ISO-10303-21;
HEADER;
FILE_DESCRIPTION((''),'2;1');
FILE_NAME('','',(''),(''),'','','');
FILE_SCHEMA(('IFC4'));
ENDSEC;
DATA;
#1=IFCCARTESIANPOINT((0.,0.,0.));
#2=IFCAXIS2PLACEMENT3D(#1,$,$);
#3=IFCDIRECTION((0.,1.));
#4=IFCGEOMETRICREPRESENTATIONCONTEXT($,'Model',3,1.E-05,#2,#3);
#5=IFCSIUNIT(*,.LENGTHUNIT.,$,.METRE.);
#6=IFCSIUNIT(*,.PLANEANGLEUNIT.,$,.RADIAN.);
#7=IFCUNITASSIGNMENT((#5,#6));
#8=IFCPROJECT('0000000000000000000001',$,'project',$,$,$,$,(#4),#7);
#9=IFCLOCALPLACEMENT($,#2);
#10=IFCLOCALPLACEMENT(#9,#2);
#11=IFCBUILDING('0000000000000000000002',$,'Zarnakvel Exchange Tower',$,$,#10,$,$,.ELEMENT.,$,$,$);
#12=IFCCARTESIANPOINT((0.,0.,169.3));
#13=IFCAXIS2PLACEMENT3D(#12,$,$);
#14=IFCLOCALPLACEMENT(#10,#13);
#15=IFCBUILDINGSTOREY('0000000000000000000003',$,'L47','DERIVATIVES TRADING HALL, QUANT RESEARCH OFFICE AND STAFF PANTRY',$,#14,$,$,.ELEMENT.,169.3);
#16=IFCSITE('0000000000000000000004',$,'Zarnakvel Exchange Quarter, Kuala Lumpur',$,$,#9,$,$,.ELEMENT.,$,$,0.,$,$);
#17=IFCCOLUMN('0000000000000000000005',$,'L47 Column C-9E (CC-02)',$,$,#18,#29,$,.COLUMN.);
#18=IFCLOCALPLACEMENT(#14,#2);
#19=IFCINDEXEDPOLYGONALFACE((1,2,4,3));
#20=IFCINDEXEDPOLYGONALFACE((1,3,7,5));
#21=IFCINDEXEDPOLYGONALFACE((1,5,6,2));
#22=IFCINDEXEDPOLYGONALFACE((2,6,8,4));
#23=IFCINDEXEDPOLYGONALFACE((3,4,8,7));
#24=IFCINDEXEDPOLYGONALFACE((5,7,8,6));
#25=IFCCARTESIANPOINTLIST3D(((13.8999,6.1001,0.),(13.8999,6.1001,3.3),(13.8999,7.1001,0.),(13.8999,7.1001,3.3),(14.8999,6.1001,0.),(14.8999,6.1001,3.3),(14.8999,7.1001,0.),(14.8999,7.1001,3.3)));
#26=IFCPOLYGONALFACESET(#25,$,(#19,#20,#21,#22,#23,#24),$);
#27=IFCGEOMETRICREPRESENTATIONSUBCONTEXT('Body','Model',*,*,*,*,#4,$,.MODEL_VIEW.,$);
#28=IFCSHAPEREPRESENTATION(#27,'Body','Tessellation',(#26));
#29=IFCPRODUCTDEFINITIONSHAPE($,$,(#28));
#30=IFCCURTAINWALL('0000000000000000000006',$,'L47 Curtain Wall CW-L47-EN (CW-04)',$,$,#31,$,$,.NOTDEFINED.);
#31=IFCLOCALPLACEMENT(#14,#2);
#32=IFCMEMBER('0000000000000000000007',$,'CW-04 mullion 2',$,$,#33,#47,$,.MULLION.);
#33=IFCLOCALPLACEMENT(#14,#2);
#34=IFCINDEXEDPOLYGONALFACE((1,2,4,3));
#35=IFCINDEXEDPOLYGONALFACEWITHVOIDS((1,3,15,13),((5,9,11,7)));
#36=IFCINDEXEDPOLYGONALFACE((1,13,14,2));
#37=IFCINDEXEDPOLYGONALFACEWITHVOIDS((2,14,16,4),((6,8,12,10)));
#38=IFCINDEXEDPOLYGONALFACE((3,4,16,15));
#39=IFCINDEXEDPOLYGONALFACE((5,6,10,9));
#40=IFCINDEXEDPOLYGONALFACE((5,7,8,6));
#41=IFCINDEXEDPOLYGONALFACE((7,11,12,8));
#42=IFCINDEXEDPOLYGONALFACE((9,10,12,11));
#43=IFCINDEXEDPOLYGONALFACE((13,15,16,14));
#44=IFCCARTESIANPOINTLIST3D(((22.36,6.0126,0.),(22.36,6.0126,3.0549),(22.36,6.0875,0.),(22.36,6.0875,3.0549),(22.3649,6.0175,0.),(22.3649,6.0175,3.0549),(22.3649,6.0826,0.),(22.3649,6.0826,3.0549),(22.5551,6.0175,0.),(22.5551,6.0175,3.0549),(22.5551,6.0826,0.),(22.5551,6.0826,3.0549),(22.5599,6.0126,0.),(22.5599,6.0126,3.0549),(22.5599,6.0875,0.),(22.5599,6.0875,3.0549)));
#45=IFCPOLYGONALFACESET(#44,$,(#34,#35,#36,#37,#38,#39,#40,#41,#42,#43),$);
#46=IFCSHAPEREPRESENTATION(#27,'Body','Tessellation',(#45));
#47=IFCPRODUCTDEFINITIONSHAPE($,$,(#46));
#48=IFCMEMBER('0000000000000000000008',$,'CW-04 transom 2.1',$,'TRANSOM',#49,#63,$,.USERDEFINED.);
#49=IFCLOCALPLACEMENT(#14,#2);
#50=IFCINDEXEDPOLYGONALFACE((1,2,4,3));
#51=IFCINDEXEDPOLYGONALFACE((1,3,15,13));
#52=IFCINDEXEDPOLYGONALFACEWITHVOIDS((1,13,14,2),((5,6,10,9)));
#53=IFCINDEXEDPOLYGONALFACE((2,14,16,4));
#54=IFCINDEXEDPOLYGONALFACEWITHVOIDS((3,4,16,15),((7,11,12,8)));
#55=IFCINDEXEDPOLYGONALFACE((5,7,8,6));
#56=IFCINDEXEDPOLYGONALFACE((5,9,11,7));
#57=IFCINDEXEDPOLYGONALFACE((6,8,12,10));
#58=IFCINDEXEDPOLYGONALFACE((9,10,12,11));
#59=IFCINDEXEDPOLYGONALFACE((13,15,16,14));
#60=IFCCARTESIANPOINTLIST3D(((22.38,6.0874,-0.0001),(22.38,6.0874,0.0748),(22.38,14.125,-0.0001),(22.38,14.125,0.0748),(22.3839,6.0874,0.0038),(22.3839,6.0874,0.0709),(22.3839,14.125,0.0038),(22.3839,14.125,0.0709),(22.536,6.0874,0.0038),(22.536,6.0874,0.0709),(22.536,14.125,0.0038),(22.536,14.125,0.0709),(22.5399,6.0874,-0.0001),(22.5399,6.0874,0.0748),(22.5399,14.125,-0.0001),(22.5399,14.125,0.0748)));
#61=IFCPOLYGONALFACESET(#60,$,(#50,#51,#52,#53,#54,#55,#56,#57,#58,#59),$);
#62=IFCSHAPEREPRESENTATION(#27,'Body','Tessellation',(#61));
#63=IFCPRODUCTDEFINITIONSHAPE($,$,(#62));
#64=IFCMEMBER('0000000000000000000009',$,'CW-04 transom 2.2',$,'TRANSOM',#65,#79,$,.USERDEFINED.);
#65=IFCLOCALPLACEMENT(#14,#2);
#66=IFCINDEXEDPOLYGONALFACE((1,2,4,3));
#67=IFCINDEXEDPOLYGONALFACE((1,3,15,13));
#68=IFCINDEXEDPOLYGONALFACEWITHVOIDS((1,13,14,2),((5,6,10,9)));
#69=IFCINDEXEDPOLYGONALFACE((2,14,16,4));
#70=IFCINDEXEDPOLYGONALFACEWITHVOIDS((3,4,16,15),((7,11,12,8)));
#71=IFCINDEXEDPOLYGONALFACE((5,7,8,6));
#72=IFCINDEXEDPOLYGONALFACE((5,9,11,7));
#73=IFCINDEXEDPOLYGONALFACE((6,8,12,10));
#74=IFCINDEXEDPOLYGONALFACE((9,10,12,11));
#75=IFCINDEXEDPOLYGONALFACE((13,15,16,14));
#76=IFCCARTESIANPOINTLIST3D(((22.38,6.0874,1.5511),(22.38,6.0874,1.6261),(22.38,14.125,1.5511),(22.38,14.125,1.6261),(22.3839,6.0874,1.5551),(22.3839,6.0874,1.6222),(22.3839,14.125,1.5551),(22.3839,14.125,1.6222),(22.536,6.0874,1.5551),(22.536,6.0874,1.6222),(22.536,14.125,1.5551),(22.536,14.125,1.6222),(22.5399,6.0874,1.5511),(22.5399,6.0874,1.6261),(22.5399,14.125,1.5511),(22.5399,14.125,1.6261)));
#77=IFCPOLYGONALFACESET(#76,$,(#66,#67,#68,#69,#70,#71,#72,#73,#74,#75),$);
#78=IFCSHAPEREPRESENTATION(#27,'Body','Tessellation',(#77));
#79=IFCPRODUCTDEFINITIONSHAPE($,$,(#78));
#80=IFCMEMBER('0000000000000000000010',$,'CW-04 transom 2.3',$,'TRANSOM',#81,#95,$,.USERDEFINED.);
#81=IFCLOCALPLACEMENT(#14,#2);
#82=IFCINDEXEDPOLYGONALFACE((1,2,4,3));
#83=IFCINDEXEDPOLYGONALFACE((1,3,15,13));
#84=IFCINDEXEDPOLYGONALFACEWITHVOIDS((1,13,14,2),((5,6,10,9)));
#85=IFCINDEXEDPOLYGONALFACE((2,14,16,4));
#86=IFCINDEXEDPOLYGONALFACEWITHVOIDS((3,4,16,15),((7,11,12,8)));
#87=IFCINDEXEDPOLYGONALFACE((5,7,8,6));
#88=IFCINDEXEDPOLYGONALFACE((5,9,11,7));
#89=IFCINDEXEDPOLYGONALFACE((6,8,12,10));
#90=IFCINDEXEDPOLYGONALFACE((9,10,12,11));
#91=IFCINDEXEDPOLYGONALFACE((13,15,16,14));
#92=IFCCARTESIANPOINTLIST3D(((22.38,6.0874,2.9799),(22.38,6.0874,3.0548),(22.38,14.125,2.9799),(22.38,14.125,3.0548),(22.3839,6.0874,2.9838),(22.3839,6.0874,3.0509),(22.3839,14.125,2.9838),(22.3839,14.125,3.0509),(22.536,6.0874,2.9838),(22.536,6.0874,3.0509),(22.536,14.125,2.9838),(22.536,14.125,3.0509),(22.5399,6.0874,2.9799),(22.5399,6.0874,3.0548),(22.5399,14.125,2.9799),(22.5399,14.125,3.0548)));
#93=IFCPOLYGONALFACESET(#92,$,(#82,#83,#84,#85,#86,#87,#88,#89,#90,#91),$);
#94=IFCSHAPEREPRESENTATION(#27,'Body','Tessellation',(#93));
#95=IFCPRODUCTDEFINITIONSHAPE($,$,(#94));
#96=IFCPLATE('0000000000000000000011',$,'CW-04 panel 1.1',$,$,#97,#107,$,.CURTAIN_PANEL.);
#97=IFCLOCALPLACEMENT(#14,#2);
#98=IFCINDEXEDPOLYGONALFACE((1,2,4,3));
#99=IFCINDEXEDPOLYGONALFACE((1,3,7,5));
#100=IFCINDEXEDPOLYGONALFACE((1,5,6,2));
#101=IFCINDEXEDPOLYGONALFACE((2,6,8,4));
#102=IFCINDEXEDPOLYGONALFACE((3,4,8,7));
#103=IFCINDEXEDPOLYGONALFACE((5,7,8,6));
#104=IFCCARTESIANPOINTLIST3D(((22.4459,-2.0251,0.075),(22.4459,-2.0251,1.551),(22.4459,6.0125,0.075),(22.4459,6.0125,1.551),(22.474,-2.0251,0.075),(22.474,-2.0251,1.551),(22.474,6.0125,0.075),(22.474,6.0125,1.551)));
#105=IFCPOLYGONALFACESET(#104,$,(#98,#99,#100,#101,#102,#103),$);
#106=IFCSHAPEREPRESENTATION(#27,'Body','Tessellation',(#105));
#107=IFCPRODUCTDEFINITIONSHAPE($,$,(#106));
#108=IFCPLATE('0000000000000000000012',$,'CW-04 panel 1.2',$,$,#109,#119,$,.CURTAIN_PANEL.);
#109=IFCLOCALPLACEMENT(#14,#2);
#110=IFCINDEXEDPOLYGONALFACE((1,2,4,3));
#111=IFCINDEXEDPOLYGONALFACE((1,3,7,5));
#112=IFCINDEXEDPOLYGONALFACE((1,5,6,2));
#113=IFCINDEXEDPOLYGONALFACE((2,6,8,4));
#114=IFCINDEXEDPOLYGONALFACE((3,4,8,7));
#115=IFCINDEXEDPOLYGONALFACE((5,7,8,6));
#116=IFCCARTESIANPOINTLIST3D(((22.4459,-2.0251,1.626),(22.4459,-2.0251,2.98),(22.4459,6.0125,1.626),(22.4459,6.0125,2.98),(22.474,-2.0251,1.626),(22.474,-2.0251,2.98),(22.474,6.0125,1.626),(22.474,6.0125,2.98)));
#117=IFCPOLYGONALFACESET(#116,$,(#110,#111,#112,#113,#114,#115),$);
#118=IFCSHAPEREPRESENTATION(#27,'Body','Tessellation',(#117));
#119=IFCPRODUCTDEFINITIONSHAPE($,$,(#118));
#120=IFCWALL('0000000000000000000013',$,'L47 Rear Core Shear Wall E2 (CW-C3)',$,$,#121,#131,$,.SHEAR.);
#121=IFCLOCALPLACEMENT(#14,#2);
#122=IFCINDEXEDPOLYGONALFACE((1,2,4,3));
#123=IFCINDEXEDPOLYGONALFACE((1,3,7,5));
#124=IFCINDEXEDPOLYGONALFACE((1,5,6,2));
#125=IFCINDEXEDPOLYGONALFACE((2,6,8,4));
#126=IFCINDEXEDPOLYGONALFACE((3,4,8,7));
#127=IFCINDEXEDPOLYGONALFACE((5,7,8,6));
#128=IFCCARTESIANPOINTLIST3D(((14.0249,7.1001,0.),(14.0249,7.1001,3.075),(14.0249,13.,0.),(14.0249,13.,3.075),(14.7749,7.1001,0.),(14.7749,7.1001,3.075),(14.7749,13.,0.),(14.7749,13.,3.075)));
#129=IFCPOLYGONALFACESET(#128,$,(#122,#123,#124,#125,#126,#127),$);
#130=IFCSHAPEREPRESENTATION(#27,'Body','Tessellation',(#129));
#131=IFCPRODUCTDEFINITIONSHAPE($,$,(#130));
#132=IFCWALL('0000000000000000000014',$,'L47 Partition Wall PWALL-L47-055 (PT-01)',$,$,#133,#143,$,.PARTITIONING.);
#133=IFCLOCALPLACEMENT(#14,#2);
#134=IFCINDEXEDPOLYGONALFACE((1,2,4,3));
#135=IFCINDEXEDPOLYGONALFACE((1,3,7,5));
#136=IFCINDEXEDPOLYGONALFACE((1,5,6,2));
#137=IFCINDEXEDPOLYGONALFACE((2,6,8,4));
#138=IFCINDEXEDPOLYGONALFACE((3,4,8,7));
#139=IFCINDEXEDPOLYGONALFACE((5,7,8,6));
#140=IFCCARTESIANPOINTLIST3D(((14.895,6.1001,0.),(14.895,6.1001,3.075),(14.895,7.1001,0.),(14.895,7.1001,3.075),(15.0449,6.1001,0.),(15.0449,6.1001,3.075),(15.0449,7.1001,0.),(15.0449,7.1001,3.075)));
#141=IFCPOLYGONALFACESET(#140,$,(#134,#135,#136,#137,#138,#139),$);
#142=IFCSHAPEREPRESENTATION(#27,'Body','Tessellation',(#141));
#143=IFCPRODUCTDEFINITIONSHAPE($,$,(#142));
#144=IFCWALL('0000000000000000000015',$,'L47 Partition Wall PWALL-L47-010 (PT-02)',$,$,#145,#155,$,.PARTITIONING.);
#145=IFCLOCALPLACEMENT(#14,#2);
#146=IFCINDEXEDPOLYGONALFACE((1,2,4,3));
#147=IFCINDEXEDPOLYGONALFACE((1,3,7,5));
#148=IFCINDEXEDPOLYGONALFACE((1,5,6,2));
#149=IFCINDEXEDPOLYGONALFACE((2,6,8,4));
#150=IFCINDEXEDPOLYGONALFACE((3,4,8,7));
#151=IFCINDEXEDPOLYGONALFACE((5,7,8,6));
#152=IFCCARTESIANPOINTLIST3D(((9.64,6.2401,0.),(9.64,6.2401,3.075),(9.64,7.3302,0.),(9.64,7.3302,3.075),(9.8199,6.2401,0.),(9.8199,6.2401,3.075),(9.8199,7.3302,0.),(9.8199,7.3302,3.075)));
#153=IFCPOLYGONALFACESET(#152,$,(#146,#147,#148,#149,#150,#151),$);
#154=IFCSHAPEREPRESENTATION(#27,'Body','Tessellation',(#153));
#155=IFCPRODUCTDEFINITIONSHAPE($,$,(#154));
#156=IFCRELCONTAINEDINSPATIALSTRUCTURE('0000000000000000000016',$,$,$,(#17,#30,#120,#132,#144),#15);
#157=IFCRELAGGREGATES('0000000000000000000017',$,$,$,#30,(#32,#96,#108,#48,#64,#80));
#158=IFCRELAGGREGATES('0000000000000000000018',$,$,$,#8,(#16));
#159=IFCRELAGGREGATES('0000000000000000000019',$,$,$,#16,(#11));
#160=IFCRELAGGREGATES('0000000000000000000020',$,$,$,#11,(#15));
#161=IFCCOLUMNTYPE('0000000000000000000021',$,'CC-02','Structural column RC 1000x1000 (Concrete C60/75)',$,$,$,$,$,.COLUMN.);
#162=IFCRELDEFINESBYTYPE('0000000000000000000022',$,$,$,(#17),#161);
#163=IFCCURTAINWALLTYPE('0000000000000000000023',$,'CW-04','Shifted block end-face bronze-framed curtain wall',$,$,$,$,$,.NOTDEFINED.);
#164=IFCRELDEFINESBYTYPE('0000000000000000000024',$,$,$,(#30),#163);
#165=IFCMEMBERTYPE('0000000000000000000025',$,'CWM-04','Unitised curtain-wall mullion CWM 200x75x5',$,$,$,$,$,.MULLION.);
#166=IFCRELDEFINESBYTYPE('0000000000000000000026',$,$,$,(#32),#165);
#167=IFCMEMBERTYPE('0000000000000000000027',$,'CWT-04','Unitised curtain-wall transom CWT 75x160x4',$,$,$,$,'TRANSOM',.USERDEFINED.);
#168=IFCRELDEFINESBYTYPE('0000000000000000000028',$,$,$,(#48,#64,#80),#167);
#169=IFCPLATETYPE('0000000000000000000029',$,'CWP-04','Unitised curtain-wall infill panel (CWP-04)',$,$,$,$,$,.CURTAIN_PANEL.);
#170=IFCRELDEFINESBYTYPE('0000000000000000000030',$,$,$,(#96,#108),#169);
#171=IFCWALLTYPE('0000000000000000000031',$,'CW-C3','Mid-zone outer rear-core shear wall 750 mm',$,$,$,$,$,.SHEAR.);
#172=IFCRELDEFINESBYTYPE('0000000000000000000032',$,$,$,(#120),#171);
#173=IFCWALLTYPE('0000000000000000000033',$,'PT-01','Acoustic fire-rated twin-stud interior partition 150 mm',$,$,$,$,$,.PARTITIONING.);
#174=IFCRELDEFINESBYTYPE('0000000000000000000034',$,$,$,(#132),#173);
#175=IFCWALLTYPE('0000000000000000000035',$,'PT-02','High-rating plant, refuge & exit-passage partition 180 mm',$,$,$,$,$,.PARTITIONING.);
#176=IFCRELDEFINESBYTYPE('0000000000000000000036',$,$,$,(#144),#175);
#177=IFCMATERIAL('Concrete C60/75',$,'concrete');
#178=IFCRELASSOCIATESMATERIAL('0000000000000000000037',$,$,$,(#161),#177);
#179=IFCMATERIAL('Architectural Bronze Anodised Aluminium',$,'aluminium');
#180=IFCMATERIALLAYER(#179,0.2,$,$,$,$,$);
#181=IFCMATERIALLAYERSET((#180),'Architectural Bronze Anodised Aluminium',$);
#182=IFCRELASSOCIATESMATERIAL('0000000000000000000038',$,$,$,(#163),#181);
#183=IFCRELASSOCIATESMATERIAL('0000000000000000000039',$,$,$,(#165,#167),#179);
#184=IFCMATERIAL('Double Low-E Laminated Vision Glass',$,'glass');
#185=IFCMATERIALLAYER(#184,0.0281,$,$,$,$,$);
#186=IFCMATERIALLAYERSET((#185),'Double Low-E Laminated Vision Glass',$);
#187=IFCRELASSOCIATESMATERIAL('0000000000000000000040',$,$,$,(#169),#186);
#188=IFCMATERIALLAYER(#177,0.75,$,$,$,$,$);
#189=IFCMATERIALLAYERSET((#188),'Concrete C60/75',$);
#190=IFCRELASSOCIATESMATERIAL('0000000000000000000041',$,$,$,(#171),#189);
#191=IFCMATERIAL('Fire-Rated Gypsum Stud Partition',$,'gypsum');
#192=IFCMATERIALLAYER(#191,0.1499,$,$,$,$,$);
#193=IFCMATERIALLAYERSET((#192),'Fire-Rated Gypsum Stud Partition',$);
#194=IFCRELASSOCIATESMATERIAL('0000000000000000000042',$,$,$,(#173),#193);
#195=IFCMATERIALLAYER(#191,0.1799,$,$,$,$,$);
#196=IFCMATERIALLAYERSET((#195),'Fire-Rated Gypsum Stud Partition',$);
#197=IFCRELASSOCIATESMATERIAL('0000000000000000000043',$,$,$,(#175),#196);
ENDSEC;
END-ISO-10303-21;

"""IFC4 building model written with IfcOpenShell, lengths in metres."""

from ifc_helpers import new_model, si_unit, direction, frame, frame_2d, origin, origin_2d, place, context, subcontext, project, spatial, rectangle, hollow_rectangle, extrude, source, transform, mapped, material, layer, layer_set, material_profile, profile_set, type_object, element, aggregate, save


model = new_model("IFC4")

# Units and contexts
model_context = context("Model", 3, precision=1e-05, world=origin(), true_north=direction((0.0, 1.0)))
body_context = subcontext(model_context, "Body", "Model", "MODEL_VIEW")
ifc_project = project(units=[si_unit("LENGTHUNIT", "METRE"), si_unit("PLANEANGLEUNIT", "RADIAN")], contexts=[model_context])

# Site, building, storey
site_placement = place(None, origin())
site = spatial("IfcSite", under=ifc_project, at=site_placement, Name="Zarnakvel Exchange Quarter, Kuala Lumpur", CompositionType="ELEMENT", RefElevation=0.0)
building_placement = place(site_placement, origin())
building = spatial("IfcBuilding", under=site, at=building_placement, Name="Zarnakvel Exchange Tower", CompositionType="ELEMENT")
storey_placement = place(building_placement, frame((0.0, 0.0, 169.3)))
storey = spatial("IfcBuildingStorey", under=building, at=storey_placement, Name="L47", Description="DERIVATIVES TRADING HALL, QUANT RESEARCH OFFICE AND STAFF PANTRY", CompositionType="ELEMENT", Elevation=169.3)

# Column
ifc_material_1 = material(Name="Concrete C60/75", Category="concrete")
ifc_material_profile_1 = material_profile(ifc_material_1, rectangle(XDim=1.0, YDim=1.0, at=origin_2d()))
ifc_profile_set_1 = profile_set([ifc_material_profile_1], Name="Concrete C60/75")
column_type = type_object("IfcColumnType", Name="CC-02", Description="Structural column RC 1000x1000 (Concrete C60/75)", PredefinedType="COLUMN", material=ifc_profile_set_1)
column_placement = place(storey_placement, frame((14.3999, 6.6001, 0.0), z_axis=(0.0, 0.0, 1.0), x_axis=(1.0, 0.0, 0.0)))
element("IfcColumn", 1, at=column_placement, inside=storey, type_object=column_type, Name="L47 Column C-9E (CC-02)", PredefinedType="COLUMN", context=body_context, shape_type="SweptSolid", body=[
    extrude(rectangle(XDim=1.0, YDim=1.0, at=origin_2d()), origin(), (0.0, 0.0, 1.0), 3.3),
])

# Curtain wall, members, plates
ifc_material_2 = material(Name="Architectural Bronze Anodised Aluminium", Category="aluminium")
ifc_layer_1 = layer(ifc_material_2, 0.2)
ifc_layer_set_1 = layer_set([ifc_layer_1], Name="Architectural Bronze Anodised Aluminium")
curtain_wall_type = type_object("IfcCurtainWallType", Name="CW-04", Description="Shifted block end-face bronze-framed curtain wall", PredefinedType="NOTDEFINED", material=ifc_layer_set_1)
curtain_wall_placement = place(storey_placement, origin())
curtain_wall = element("IfcCurtainWall", 2, at=curtain_wall_placement, inside=storey, type_object=curtain_wall_type, Name="L47 Curtain Wall CW-L47-EN (CW-04)", PredefinedType="NOTDEFINED")
ifc_material_profile_2 = material_profile(ifc_material_2, hollow_rectangle(XDim=0.2, YDim=0.075, WallThickness=0.0049, at=origin_2d()))
ifc_profile_set_2 = profile_set([ifc_material_profile_2], Name="Architectural Bronze Anodised Aluminium")
member_type_1 = type_object("IfcMemberType", Name="CWM-04", Description="Unitised curtain-wall mullion CWM 200x75x5", PredefinedType="MULLION", material=ifc_profile_set_2)
shared_shape_1 = source(origin(), body_context, "Body", "SweptSolid", [
    extrude(hollow_rectangle(XDim=0.2, YDim=0.075, WallThickness=0.0049, at=origin_2d()), origin(), (0.0, 0.0, 1.0), 3.0549),
])
member_1_placement = place(storey_placement, frame((22.46, 6.05, 0.0), z_axis=(0.0, 0.0, 1.0), x_axis=(-1.0, 0.0, 0.0)))
member_1 = element("IfcMember", 3, at=member_1_placement, type_object=member_type_1, Name="CW-04 mullion 2", PredefinedType="MULLION", context=body_context, shape_type="MappedRepresentation", body=[
    mapped(shared_shape_1, transform((0.0, 0.0, 0.0), x_axis=(1.0, 0.0, 0.0), y_axis=(0.0, 1.0, 0.0), z_axis=(0.0, 0.0, 1.0), scale=1.0)),
])
ifc_material_profile_3 = material_profile(ifc_material_2, hollow_rectangle(XDim=0.1599, YDim=0.075, WallThickness=0.0039, at=origin_2d()))
ifc_profile_set_3 = profile_set([ifc_material_profile_3], Name="Architectural Bronze Anodised Aluminium")
member_type_2 = type_object("IfcMemberType", Name="CWT-04", Description="Unitised curtain-wall transom CWT 75x160x4", ElementType="TRANSOM", PredefinedType="USERDEFINED", material=ifc_profile_set_3)
shared_shape_2 = source(origin(), body_context, "Body", "SweptSolid", [
    extrude(hollow_rectangle(XDim=0.1599, YDim=0.075, WallThickness=0.0039, at=origin_2d()), origin(), (0.0, 0.0, 1.0), 8.0376),
])
member_2_placement = place(storey_placement, frame((22.46, 6.0874, 0.0374), z_axis=(0.0, 1.0, 0.0), x_axis=(-1.0, 0.0, 0.0)))
member_2 = element("IfcMember", 4, at=member_2_placement, type_object=member_type_2, Name="CW-04 transom 2.1", ObjectType="TRANSOM", PredefinedType="USERDEFINED", context=body_context, shape_type="MappedRepresentation", body=[
    mapped(shared_shape_2, transform((0.0, 0.0, 0.0), x_axis=(1.0, 0.0, 0.0), y_axis=(0.0, 1.0, 0.0), z_axis=(0.0, 0.0, 1.0), scale=1.0)),
])
member_3_placement = place(storey_placement, frame((22.46, 6.0874, 1.5886), z_axis=(0.0, 1.0, 0.0), x_axis=(-1.0, 0.0, 0.0)))
member_3 = element("IfcMember", 5, at=member_3_placement, type_object=member_type_2, Name="CW-04 transom 2.2", ObjectType="TRANSOM", PredefinedType="USERDEFINED", context=body_context, shape_type="MappedRepresentation", body=[
    mapped(shared_shape_2, transform((0.0, 0.0, 0.0), x_axis=(1.0, 0.0, 0.0), y_axis=(0.0, 1.0, 0.0), z_axis=(0.0, 0.0, 1.0), scale=1.0)),
])
member_4_placement = place(storey_placement, frame((22.46, 6.0874, 3.0173), z_axis=(0.0, 1.0, 0.0), x_axis=(-1.0, 0.0, 0.0)))
member_4 = element("IfcMember", 6, at=member_4_placement, type_object=member_type_2, Name="CW-04 transom 2.3", ObjectType="TRANSOM", PredefinedType="USERDEFINED", context=body_context, shape_type="MappedRepresentation", body=[
    mapped(shared_shape_2, transform((0.0, 0.0, 0.0), x_axis=(1.0, 0.0, 0.0), y_axis=(0.0, 1.0, 0.0), z_axis=(0.0, 0.0, 1.0), scale=1.0)),
])
ifc_material_3 = material(Name="Double Low-E Laminated Vision Glass", Category="glass")
ifc_layer_2 = layer(ifc_material_3, 0.0281)
ifc_layer_set_2 = layer_set([ifc_layer_2], Name="Double Low-E Laminated Vision Glass")
plate_type = type_object("IfcPlateType", Name="CWP-04", Description="Unitised curtain-wall infill panel (CWP-04)", PredefinedType="CURTAIN_PANEL", material=ifc_layer_set_2)
shared_shape_3 = source(origin(), body_context, "Body", "SweptSolid", [
    extrude(rectangle(XDim=8.0376, YDim=0.0281, at=origin_2d()), origin(), (0.0, 0.0, 1.0), 1.4761),
])
plate_1_placement = place(storey_placement, frame((22.46, 1.9937, 0.075), z_axis=(0.0, 0.0, 1.0), x_axis=(0.0, 1.0, 0.0)))
plate_1 = element("IfcPlate", 7, at=plate_1_placement, type_object=plate_type, Name="CW-04 panel 1.1", PredefinedType="CURTAIN_PANEL", context=body_context, shape_type="MappedRepresentation", body=[
    mapped(shared_shape_3, transform((0.0, 0.0, 0.0), x_axis=(1.0, 0.0, 0.0), y_axis=(0.0, 1.0, 0.0), z_axis=(0.0, 0.0, 1.0), scale=1.0)),
])
shared_shape_4 = source(origin(), body_context, "Body", "SweptSolid", [
    extrude(rectangle(XDim=8.0376, YDim=0.0281, at=origin_2d()), origin(), (0.0, 0.0, 1.0), 1.354),
])
plate_2_placement = place(storey_placement, frame((22.46, 1.9937, 1.626), z_axis=(0.0, 0.0, 1.0), x_axis=(0.0, 1.0, 0.0)))
plate_2 = element("IfcPlate", 8, at=plate_2_placement, type_object=plate_type, Name="CW-04 panel 1.2", PredefinedType="CURTAIN_PANEL", context=body_context, shape_type="MappedRepresentation", body=[
    mapped(shared_shape_4, transform((0.0, 0.0, 0.0), x_axis=(1.0, 0.0, 0.0), y_axis=(0.0, 1.0, 0.0), z_axis=(0.0, 0.0, 1.0), scale=1.0)),
])
aggregate(curtain_wall, [member_1, plate_1, plate_2, member_2, member_3, member_4])

# Walls
ifc_layer_3 = layer(ifc_material_1, 0.75)
ifc_layer_set_3 = layer_set([ifc_layer_3], Name="Concrete C60/75")
wall_type_1 = type_object("IfcWallType", Name="CW-C3", Description="Mid-zone outer rear-core shear wall 750 mm", PredefinedType="SHEAR", material=ifc_layer_set_3)
wall_1_placement = place(storey_placement, frame((14.3999, 7.1001, 0.0), z_axis=(0.0, 0.0, 1.0), x_axis=(0.0, 1.0, 0.0)))
element("IfcWall", 9, at=wall_1_placement, inside=storey, type_object=wall_type_1, Name="L47 Rear Core Shear Wall E2 (CW-C3)", PredefinedType="SHEAR", context=body_context, shape_type="SweptSolid", body=[
    extrude(rectangle(XDim=5.8999, YDim=0.75, at=frame_2d((2.95, 0.0))), origin(), (0.0, 0.0, 1.0), 3.075),
])
ifc_material_4 = material(Name="Fire-Rated Gypsum Stud Partition", Category="gypsum")
ifc_layer_4 = layer(ifc_material_4, 0.1499)
ifc_layer_set_4 = layer_set([ifc_layer_4], Name="Fire-Rated Gypsum Stud Partition")
wall_type_2 = type_object("IfcWallType", Name="PT-01", Description="Acoustic fire-rated twin-stud interior partition 150 mm", PredefinedType="PARTITIONING", material=ifc_layer_set_4)
wall_2_placement = place(storey_placement, frame((14.97, 6.1001, 0.0), z_axis=(0.0, 0.0, 1.0), x_axis=(0.0, 1.0, 0.0)))
element("IfcWall", 10, at=wall_2_placement, inside=storey, type_object=wall_type_2, Name="L47 Partition Wall PWALL-L47-055 (PT-01)", PredefinedType="PARTITIONING", context=body_context, shape_type="SweptSolid", body=[
    extrude(rectangle(XDim=1.0, YDim=0.1499, at=frame_2d((0.5, 0.0))), origin(), (0.0, 0.0, 1.0), 3.075),
])
ifc_layer_5 = layer(ifc_material_4, 0.1799)
ifc_layer_set_5 = layer_set([ifc_layer_5], Name="Fire-Rated Gypsum Stud Partition")
wall_type_3 = type_object("IfcWallType", Name="PT-02", Description="High-rating plant, refuge & exit-passage partition 180 mm", PredefinedType="PARTITIONING", material=ifc_layer_set_5)
wall_3_placement = place(storey_placement, frame((9.73, 7.3301, 0.0), z_axis=(0.0, 0.0, 1.0), x_axis=(0.0, -1.0, 0.0)))
element("IfcWall", 11, at=wall_3_placement, inside=storey, type_object=wall_type_3, Name="L47 Partition Wall PWALL-L47-010 (PT-02)", PredefinedType="PARTITIONING", context=body_context, shape_type="SweptSolid", body=[
    extrude(rectangle(XDim=1.0901, YDim=0.1799, at=frame_2d((0.5449, 0.0))), origin(), (0.0, 0.0, 1.0), 3.075),
])

save(model, "model.ifc")
